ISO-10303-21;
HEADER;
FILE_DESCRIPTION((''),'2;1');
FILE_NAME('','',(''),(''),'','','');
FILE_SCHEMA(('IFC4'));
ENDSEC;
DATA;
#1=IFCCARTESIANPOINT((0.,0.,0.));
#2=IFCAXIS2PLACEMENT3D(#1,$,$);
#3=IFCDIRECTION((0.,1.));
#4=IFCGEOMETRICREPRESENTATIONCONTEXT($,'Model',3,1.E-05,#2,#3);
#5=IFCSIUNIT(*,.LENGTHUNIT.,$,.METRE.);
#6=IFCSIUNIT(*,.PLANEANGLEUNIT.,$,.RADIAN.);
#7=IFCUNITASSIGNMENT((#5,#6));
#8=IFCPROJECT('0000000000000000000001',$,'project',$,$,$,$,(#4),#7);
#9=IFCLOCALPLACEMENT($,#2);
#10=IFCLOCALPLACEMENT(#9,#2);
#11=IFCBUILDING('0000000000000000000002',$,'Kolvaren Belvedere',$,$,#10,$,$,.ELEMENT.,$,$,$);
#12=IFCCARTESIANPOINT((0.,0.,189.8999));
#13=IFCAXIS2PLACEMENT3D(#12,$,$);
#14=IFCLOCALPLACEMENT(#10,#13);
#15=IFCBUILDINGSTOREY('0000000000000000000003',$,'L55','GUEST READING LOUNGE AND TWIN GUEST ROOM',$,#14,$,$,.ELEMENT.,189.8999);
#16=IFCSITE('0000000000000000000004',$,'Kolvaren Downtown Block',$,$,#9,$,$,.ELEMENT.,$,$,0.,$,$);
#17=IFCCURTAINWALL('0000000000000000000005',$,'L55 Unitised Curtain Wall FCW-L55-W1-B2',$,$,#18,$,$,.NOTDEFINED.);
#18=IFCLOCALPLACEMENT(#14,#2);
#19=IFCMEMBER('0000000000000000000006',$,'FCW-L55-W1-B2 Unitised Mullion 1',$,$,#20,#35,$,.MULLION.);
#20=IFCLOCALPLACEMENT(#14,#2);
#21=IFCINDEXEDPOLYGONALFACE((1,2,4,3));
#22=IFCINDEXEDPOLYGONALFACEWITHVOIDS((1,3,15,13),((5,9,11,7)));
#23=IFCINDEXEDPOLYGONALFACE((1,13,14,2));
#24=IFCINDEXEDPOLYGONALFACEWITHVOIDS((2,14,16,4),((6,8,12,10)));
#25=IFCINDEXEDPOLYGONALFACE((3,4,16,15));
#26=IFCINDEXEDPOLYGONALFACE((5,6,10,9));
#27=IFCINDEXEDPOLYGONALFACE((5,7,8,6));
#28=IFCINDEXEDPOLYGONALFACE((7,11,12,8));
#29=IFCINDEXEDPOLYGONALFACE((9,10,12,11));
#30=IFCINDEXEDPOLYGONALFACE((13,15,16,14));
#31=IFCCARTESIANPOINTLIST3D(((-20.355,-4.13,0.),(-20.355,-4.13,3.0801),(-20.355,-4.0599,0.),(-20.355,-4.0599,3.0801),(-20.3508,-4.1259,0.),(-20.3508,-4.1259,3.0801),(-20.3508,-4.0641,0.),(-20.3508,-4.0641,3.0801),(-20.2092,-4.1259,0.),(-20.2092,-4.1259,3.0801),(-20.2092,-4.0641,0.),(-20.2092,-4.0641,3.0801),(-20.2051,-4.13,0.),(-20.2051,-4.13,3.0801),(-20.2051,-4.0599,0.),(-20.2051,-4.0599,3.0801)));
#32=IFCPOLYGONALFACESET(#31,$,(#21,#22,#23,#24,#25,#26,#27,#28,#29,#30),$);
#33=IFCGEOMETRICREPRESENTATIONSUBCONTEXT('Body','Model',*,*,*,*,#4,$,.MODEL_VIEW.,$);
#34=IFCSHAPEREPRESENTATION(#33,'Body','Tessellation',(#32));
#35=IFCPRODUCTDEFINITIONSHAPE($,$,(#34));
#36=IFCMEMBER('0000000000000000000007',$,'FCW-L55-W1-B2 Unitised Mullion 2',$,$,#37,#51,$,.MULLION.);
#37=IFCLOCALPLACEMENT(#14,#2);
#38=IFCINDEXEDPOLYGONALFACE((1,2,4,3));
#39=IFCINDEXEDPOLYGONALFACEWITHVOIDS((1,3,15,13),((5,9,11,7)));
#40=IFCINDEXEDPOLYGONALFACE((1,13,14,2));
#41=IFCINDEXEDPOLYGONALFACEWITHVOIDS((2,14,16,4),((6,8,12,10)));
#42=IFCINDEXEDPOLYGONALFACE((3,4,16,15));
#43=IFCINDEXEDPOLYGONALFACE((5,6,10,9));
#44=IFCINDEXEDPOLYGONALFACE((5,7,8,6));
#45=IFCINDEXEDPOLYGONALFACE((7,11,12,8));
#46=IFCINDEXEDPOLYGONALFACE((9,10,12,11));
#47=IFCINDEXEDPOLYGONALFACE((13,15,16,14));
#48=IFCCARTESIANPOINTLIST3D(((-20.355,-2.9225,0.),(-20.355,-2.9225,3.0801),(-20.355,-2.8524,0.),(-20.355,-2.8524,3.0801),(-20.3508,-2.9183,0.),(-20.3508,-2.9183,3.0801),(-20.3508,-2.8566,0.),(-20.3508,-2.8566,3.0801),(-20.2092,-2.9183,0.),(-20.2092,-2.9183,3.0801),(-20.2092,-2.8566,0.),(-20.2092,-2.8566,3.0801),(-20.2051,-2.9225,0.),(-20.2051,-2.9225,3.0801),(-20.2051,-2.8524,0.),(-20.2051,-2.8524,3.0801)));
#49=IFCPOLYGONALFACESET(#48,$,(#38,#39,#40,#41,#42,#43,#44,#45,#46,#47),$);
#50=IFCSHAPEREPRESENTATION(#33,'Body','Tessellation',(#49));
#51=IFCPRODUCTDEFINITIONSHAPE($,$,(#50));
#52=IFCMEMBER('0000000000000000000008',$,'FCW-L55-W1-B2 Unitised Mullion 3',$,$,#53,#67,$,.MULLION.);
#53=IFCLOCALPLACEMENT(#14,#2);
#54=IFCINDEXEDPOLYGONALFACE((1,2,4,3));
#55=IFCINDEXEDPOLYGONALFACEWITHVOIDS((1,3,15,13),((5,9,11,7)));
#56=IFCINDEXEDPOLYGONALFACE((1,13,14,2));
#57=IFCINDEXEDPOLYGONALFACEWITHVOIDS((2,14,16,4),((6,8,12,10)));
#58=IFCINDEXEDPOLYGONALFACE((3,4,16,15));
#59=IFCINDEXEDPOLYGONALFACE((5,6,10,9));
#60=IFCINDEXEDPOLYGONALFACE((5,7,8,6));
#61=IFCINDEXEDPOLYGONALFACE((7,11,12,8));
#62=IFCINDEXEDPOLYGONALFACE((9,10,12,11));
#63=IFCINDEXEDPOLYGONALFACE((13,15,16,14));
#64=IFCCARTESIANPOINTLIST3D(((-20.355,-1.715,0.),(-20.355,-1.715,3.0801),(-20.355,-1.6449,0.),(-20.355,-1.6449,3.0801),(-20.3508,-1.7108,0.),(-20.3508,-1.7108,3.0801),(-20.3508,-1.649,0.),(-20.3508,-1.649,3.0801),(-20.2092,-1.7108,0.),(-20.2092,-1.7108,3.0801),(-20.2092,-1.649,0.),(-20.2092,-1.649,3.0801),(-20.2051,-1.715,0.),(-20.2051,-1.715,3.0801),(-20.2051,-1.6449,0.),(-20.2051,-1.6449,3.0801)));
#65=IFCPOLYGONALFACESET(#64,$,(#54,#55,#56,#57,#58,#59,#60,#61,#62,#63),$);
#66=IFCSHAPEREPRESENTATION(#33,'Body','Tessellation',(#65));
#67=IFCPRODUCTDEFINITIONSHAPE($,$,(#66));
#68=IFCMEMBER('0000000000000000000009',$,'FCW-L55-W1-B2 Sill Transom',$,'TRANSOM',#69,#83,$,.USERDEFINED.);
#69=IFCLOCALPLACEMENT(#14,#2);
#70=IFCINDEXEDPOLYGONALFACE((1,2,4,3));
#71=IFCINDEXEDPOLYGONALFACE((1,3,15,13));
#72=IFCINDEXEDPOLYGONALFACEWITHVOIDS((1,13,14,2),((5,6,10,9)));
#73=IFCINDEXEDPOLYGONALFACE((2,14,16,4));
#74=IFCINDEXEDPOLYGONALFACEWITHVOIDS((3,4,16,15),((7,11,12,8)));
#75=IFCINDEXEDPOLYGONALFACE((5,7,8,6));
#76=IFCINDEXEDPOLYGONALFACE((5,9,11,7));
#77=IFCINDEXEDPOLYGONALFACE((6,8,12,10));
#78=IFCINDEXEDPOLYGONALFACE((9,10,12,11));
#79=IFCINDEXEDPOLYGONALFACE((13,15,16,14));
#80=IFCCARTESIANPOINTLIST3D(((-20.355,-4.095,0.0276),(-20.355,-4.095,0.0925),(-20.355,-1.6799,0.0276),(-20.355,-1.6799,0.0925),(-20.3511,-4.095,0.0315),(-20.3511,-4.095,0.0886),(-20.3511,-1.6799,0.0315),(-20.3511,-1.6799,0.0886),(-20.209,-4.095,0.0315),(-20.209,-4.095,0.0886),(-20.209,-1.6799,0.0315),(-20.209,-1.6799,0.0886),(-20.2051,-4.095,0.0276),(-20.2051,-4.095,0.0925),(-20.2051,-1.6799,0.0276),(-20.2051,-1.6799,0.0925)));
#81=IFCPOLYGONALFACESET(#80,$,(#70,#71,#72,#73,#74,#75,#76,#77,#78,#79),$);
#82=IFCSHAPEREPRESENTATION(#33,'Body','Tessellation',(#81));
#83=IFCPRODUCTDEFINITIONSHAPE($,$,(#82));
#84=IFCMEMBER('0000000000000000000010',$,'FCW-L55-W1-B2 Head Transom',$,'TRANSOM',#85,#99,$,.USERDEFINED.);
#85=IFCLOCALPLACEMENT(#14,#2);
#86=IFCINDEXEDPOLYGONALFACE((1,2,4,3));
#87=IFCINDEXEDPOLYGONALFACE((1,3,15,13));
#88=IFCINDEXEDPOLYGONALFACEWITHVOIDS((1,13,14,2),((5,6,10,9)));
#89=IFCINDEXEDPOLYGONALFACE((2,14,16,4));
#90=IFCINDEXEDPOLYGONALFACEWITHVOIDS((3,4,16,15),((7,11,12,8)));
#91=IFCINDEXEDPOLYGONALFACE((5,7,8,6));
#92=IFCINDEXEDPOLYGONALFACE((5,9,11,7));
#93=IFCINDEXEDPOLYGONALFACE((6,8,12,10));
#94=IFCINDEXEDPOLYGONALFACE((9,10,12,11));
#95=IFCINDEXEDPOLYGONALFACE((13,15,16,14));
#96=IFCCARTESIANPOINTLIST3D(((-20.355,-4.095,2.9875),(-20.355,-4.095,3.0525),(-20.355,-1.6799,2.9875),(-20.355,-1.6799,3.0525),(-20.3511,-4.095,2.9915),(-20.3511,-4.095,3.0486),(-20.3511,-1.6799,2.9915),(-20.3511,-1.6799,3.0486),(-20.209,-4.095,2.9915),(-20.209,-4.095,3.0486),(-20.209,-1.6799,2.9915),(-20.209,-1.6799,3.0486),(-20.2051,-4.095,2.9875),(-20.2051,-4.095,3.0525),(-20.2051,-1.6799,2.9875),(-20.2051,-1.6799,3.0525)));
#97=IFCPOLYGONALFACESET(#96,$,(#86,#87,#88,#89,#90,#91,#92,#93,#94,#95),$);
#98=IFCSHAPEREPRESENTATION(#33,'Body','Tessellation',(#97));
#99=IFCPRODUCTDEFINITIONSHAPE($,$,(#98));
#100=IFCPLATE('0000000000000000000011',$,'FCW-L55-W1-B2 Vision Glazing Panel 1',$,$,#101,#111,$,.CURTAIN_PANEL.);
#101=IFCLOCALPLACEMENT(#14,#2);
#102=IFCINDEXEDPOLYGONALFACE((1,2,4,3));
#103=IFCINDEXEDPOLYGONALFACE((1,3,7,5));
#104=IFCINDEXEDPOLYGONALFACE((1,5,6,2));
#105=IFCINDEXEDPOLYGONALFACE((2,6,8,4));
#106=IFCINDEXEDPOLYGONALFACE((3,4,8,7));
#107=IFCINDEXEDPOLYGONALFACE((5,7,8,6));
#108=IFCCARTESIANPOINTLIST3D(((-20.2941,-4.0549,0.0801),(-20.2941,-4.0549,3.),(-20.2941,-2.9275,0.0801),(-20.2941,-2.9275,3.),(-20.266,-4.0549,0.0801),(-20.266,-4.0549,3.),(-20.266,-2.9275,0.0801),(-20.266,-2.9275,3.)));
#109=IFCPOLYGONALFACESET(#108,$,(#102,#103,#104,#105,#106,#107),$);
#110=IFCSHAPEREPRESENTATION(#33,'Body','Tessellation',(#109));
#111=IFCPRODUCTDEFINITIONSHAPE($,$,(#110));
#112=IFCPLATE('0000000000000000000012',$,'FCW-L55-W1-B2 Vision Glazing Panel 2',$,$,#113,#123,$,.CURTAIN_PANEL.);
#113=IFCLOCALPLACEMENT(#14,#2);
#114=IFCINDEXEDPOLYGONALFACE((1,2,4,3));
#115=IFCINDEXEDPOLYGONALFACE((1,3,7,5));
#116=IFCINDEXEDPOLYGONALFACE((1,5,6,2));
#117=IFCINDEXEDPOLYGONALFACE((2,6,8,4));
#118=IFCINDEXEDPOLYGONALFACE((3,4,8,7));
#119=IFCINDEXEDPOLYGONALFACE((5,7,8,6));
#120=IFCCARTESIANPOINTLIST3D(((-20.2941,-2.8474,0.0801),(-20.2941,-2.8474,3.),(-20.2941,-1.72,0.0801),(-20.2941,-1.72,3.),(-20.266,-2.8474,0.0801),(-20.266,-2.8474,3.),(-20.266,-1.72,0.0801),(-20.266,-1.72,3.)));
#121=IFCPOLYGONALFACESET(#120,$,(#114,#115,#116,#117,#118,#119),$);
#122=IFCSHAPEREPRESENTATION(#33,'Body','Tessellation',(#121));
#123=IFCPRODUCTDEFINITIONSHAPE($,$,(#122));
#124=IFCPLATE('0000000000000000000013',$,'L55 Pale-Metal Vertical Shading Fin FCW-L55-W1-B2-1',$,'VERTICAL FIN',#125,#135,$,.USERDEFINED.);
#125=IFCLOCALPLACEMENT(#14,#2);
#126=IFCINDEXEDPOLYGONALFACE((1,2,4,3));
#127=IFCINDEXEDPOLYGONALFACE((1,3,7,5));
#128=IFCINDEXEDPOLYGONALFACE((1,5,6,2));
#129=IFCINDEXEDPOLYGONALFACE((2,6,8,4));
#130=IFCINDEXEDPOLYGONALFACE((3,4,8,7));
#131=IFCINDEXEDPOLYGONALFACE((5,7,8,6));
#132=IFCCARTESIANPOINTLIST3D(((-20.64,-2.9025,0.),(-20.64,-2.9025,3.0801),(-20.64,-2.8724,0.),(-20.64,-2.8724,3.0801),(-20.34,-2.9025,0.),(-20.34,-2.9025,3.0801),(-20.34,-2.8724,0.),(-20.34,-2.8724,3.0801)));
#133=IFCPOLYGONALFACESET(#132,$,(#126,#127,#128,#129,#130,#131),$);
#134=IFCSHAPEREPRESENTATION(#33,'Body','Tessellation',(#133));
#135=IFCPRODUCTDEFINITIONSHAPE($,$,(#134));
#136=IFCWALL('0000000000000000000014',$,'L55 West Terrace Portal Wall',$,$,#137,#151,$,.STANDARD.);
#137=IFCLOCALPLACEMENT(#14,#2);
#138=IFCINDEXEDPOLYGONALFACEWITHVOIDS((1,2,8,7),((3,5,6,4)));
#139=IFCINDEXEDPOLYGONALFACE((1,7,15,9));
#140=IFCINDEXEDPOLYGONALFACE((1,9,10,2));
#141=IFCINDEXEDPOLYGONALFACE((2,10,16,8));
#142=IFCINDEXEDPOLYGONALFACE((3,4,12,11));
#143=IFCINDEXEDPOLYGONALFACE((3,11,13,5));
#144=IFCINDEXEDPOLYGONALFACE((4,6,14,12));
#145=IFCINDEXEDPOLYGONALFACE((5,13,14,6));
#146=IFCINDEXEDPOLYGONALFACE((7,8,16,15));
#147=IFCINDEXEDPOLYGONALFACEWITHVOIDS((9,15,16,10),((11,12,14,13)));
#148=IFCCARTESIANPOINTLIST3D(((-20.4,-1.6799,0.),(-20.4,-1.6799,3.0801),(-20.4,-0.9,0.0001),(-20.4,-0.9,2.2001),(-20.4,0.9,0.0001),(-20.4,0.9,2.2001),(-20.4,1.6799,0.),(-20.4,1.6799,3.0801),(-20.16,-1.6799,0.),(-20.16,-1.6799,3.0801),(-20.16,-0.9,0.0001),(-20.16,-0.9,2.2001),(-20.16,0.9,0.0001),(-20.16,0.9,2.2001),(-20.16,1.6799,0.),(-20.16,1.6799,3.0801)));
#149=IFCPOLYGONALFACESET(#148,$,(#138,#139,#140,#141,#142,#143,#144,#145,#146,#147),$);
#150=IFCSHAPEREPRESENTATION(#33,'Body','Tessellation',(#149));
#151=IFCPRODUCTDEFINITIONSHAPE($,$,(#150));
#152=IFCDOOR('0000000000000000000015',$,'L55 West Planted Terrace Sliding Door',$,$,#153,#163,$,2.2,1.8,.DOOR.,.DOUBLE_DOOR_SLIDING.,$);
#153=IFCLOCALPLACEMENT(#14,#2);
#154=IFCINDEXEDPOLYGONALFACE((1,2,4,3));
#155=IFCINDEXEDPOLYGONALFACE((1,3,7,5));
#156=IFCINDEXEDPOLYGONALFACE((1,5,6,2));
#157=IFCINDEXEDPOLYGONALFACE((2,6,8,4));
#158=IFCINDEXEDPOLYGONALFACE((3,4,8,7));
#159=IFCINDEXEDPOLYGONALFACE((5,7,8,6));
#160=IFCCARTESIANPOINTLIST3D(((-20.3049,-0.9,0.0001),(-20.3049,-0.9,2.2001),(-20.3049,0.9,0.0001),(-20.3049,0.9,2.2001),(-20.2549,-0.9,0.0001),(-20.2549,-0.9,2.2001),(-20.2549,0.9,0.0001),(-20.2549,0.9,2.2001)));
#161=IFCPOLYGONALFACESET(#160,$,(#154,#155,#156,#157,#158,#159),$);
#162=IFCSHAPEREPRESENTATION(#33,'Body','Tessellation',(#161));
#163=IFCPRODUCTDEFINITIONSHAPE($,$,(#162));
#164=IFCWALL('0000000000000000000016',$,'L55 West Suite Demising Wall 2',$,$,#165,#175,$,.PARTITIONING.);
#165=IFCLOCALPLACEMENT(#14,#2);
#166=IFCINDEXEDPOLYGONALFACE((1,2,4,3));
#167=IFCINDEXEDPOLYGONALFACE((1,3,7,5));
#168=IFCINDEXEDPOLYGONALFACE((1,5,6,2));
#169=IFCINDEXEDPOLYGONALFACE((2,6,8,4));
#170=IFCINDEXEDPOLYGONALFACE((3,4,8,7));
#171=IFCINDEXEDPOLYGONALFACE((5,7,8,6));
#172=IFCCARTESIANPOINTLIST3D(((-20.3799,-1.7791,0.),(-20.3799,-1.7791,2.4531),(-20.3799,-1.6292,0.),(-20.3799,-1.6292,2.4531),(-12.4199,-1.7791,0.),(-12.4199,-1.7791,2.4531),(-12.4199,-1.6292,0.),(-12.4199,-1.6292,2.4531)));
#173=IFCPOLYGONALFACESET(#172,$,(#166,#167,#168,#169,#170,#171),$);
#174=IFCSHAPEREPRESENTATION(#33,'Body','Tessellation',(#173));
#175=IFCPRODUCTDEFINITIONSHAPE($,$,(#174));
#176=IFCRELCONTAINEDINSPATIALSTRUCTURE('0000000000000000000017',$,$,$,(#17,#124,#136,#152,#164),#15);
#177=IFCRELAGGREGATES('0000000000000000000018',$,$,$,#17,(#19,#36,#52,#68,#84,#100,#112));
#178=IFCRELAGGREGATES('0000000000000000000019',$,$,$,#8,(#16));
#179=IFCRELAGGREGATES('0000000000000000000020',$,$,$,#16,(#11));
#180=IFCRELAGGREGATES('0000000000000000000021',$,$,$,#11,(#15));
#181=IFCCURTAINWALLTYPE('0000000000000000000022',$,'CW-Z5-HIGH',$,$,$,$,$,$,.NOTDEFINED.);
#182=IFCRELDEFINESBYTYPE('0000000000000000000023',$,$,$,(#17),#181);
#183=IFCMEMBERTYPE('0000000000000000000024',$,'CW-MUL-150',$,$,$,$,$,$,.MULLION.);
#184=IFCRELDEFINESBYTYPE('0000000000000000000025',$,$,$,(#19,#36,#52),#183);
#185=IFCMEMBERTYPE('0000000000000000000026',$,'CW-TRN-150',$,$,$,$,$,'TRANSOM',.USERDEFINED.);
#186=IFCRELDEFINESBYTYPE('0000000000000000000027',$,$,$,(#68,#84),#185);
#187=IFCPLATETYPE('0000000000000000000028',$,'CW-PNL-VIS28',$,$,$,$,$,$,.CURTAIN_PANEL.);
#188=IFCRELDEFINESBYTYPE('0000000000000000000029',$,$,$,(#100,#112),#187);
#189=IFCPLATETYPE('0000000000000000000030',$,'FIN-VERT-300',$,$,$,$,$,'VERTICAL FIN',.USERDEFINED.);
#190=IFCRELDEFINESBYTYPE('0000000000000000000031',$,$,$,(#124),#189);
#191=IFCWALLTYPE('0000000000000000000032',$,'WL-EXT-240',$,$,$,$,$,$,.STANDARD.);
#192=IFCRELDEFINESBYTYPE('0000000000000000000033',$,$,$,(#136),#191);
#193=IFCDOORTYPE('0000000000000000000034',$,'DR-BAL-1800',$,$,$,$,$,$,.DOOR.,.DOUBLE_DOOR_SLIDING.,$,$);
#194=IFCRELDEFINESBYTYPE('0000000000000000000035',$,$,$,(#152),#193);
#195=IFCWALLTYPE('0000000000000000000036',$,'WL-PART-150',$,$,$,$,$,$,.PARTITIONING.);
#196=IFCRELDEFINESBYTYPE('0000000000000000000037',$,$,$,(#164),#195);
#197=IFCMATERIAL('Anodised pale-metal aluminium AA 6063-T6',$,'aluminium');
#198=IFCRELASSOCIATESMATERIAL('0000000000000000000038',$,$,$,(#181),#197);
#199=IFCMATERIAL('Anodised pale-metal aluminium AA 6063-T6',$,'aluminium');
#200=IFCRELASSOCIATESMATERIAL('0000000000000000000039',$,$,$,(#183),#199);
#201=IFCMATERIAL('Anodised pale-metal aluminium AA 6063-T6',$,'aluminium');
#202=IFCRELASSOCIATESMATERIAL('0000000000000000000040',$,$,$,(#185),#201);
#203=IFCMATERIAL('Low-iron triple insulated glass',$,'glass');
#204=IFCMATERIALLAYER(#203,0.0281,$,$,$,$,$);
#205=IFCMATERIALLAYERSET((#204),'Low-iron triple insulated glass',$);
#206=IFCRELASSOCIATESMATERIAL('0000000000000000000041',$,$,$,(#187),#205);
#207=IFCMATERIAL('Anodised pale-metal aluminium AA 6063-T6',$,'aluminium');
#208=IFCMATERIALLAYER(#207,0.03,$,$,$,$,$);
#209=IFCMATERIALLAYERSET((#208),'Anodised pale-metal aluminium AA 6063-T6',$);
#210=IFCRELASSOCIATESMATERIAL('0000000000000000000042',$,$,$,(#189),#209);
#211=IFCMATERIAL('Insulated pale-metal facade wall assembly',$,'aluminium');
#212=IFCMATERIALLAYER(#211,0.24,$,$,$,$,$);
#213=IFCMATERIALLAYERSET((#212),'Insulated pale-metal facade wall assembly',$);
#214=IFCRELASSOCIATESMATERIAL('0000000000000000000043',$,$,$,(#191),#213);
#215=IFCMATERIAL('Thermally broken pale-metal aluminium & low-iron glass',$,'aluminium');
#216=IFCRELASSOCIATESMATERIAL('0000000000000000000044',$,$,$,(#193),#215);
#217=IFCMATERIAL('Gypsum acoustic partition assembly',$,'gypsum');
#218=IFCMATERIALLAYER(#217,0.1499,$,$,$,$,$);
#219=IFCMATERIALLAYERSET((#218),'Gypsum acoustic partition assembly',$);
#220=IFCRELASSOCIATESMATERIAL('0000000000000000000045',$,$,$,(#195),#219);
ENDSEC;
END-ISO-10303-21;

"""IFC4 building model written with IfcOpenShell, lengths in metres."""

from ifc_helpers import new_model, si_unit, direction, frame, frame_2d, origin, origin_2d, place, context, subcontext, project, spatial, rectangle, hollow_rectangle, extrude, material, layer, layer_set, material_profile, profile_set, type_object, element, fill, aggregate, save


model = new_model("IFC4")

# Units and contexts
model_context = context("Model", 3, precision=1e-05, world=origin(), true_north=direction((0.0, 1.0)))
body_context = subcontext(model_context, "Body", "Model", "MODEL_VIEW")
ifc_project = project(units=[si_unit("LENGTHUNIT", "METRE"), si_unit("PLANEANGLEUNIT", "RADIAN")], contexts=[model_context])

# Site, building, storey
site_placement = place(None, origin())
site = spatial("IfcSite", under=ifc_project, at=site_placement, Name="Kolvaren Downtown Block", CompositionType="ELEMENT", RefElevation=0.0)
building_placement = place(site_placement, origin())
building = spatial("IfcBuilding", under=site, at=building_placement, Name="Kolvaren Belvedere", CompositionType="ELEMENT")
storey_placement = place(building_placement, frame((0.0, 0.0, 189.8999)))
storey = spatial("IfcBuildingStorey", under=building, at=storey_placement, Name="L55", Description="GUEST READING LOUNGE AND TWIN GUEST ROOM", CompositionType="ELEMENT", Elevation=189.8999)

# Shared definitions
ifc_material_1 = material(Name="Anodised pale-metal aluminium AA 6063-T6", Category="aluminium")
curtain_wall_type = type_object("IfcCurtainWallType", Name="CW-Z5-HIGH", PredefinedType="NOTDEFINED", material=ifc_material_1)
ifc_material_2 = material(Name="Anodised pale-metal aluminium AA 6063-T6", Category="aluminium")
ifc_material_profile_1 = material_profile(ifc_material_2, hollow_rectangle(XDim=0.0701, YDim=0.1499, WallThickness=0.0042, at=origin_2d()), Name="ALU-MUL-150X70")
ifc_profile_set_1 = profile_set([ifc_material_profile_1], Name="Anodised pale-metal aluminium AA 6063-T6")
member_type_1 = type_object("IfcMemberType", Name="CW-MUL-150", PredefinedType="MULLION", material=ifc_profile_set_1)

# Curtain wall, members, plates
curtain_wall_1_placement = place(storey_placement, origin())
curtain_wall_1 = element("IfcCurtainWall", 1, at=curtain_wall_1_placement, inside=storey, type_object=curtain_wall_type, Name="L55 Unitised Curtain Wall FCW-L55-W1-B2", PredefinedType="NOTDEFINED")
member_1_placement = place(storey_placement, frame((-20.28, -4.095, 0.0), z_axis=(0.0, 0.0, 1.0), x_axis=(0.0, 1.0, 0.0)))
member_1 = element("IfcMember", 2, at=member_1_placement, type_object=member_type_1, Name="FCW-L55-W1-B2 Unitised Mullion 1", PredefinedType="MULLION", context=body_context, shape_type="SweptSolid", body=[
    extrude(hollow_rectangle(XDim=0.0701, YDim=0.1499, WallThickness=0.0042, at=origin_2d()), origin(), (0.0, 0.0, 1.0), 3.0801),
])
member_2_placement = place(storey_placement, frame((-20.28, -2.8875, 0.0), z_axis=(0.0, 0.0, 1.0), x_axis=(0.0, 1.0, 0.0)))
member_2 = element("IfcMember", 3, at=member_2_placement, type_object=member_type_1, Name="FCW-L55-W1-B2 Unitised Mullion 2", PredefinedType="MULLION", context=body_context, shape_type="SweptSolid", body=[
    extrude(hollow_rectangle(XDim=0.0701, YDim=0.1499, WallThickness=0.0042, at=origin_2d()), origin(), (0.0, 0.0, 1.0), 3.0801),
])
member_3_placement = place(storey_placement, frame((-20.28, -1.6799, 0.0), z_axis=(0.0, 0.0, 1.0), x_axis=(0.0, 1.0, 0.0)))
member_3 = element("IfcMember", 4, at=member_3_placement, type_object=member_type_1, Name="FCW-L55-W1-B2 Unitised Mullion 3", PredefinedType="MULLION", context=body_context, shape_type="SweptSolid", body=[
    extrude(hollow_rectangle(XDim=0.0701, YDim=0.1499, WallThickness=0.0042, at=origin_2d()), origin(), (0.0, 0.0, 1.0), 3.0801),
])
ifc_material_3 = material(Name="Anodised pale-metal aluminium AA 6063-T6", Category="aluminium")
ifc_material_profile_2 = material_profile(ifc_material_3, hollow_rectangle(XDim=0.0649, YDim=0.1499, WallThickness=0.0039, at=origin_2d()), Name="ALU-TRN-150X65")
ifc_profile_set_2 = profile_set([ifc_material_profile_2], Name="Anodised pale-metal aluminium AA 6063-T6")
member_type_2 = type_object("IfcMemberType", Name="CW-TRN-150", ElementType="TRANSOM", PredefinedType="USERDEFINED", material=ifc_profile_set_2)
member_4_placement = place(storey_placement, frame((-20.28, -4.095, 0.0601), z_axis=(0.0, 1.0, 0.0), x_axis=(0.0, 0.0, 1.0)))
member_4 = element("IfcMember", 5, at=member_4_placement, type_object=member_type_2, Name="FCW-L55-W1-B2 Sill Transom", ObjectType="TRANSOM", PredefinedType="USERDEFINED", context=body_context, shape_type="SweptSolid", body=[
    extrude(hollow_rectangle(XDim=0.0649, YDim=0.1499, WallThickness=0.0039, at=origin_2d()), origin(), (0.0, 0.0, 1.0), 2.415),
])
member_5_placement = place(storey_placement, frame((-20.28, -4.095, 3.02), z_axis=(0.0, 1.0, 0.0), x_axis=(0.0, 0.0, 1.0)))
member_5 = element("IfcMember", 6, at=member_5_placement, type_object=member_type_2, Name="FCW-L55-W1-B2 Head Transom", ObjectType="TRANSOM", PredefinedType="USERDEFINED", context=body_context, shape_type="SweptSolid", body=[
    extrude(hollow_rectangle(XDim=0.0649, YDim=0.1499, WallThickness=0.0039, at=origin_2d()), origin(), (0.0, 0.0, 1.0), 2.415),
])
ifc_material_4 = material(Name="Low-iron triple insulated glass", Category="glass")
ifc_layer_1 = layer(ifc_material_4, 0.0281)
ifc_layer_set_1 = layer_set([ifc_layer_1], Name="Low-iron triple insulated glass")
plate_type_1 = type_object("IfcPlateType", Name="CW-PNL-VIS28", PredefinedType="CURTAIN_PANEL", material=ifc_layer_set_1)
plate_1_placement = place(storey_placement, frame((-20.28, -3.4912, 0.0801), z_axis=(0.0, 0.0, 1.0), x_axis=(0.0, 1.0, 0.0)))
plate_1 = element("IfcPlate", 7, at=plate_1_placement, type_object=plate_type_1, Name="FCW-L55-W1-B2 Vision Glazing Panel 1", PredefinedType="CURTAIN_PANEL", context=body_context, shape_type="SweptSolid", body=[
    extrude(rectangle(XDim=1.1274, YDim=0.0281, at=origin_2d()), origin(), (0.0, 0.0, 1.0), 2.9199),
])
plate_2_placement = place(storey_placement, frame((-20.28, -2.2837, 0.0801), z_axis=(0.0, 0.0, 1.0), x_axis=(0.0, 1.0, 0.0)))
plate_2 = element("IfcPlate", 8, at=plate_2_placement, type_object=plate_type_1, Name="FCW-L55-W1-B2 Vision Glazing Panel 2", PredefinedType="CURTAIN_PANEL", context=body_context, shape_type="SweptSolid", body=[
    extrude(rectangle(XDim=1.1274, YDim=0.0281, at=origin_2d()), origin(), (0.0, 0.0, 1.0), 2.9199),
])
aggregate(curtain_wall_1, [member_1, member_2, member_3, member_4, member_5, plate_1, plate_2])

# Plate
ifc_material_5 = material(Name="Anodised pale-metal aluminium AA 6063-T6", Category="aluminium")
ifc_layer_2 = layer(ifc_material_5, 0.03)
ifc_layer_set_2 = layer_set([ifc_layer_2], Name="Anodised pale-metal aluminium AA 6063-T6")
plate_type_2 = type_object("IfcPlateType", Name="FIN-VERT-300", ElementType="VERTICAL FIN", PredefinedType="USERDEFINED", material=ifc_layer_set_2)
plate_3_placement = place(storey_placement, frame((-20.49, -2.8875, 0.0), z_axis=(0.0, 0.0, 1.0), x_axis=(1.0, 0.0, 0.0)))
element("IfcPlate", 9, at=plate_3_placement, inside=storey, type_object=plate_type_2, Name="L55 Pale-Metal Vertical Shading Fin FCW-L55-W1-B2-1", ObjectType="VERTICAL FIN", PredefinedType="USERDEFINED", context=body_context, shape_type="SweptSolid", body=[
    extrude(rectangle(XDim=0.3, YDim=0.03, at=origin_2d()), origin(), (0.0, 0.0, 1.0), 3.0801),
])

# Wall, opening, door
ifc_material_6 = material(Name="Insulated pale-metal facade wall assembly", Category="aluminium")
ifc_layer_3 = layer(ifc_material_6, 0.24)
ifc_layer_set_3 = layer_set([ifc_layer_3], Name="Insulated pale-metal facade wall assembly")
wall_type_1 = type_object("IfcWallType", Name="WL-EXT-240", PredefinedType="STANDARD", material=ifc_layer_set_3)
wall_1_placement = place(storey_placement, frame((-20.28, -1.6799, 0.0), z_axis=(0.0, 0.0, 1.0), x_axis=(0.0, 1.0, 0.0)))
wall_1 = element("IfcWall", 10, at=wall_1_placement, inside=storey, type_object=wall_type_1, Name="L55 West Terrace Portal Wall", PredefinedType="STANDARD", context=body_context, shape_type="SweptSolid", body=[
    extrude(rectangle(XDim=3.3599, YDim=0.24, at=frame_2d((1.6799, 0.0))), origin(), (0.0, 0.0, 1.0), 3.0801),
])
opening_1_placement = place(wall_1_placement, frame((0.78, 0.0, 0.0)))
opening_1 = element("IfcOpeningElement", 11, at=opening_1_placement, cuts=wall_1, PredefinedType="OPENING", context=body_context, shape_type="SweptSolid", body=[
    extrude(rectangle(XDim=1.8, YDim=2.2, at=frame_2d((0.8999, 1.1001))), frame((0.0, 0.1299, 0.0), z_axis=(0.0, -1.0, 0.0), x_axis=(1.0, 0.0, 0.0)), (0.0, 0.0, 1.0), 0.26),
])
ifc_material_7 = material(Name="Thermally broken pale-metal aluminium & low-iron glass", Category="aluminium")
door_type_1 = type_object("IfcDoorType", Name="DR-BAL-1800", OperationType="DOUBLE_DOOR_SLIDING", PredefinedType="DOOR", material=ifc_material_7)
door_1_placement = place(opening_1_placement, origin())
door_1 = element("IfcDoor", 12, at=door_1_placement, inside=storey, type_object=door_type_1, Name="L55 West Planted Terrace Sliding Door", OperationType="DOUBLE_DOOR_SLIDING", OverallHeight=2.2, OverallWidth=1.8, PredefinedType="DOOR", context=body_context, shape_type="SweptSolid", body=[
    extrude(rectangle(XDim=1.8, YDim=2.2, at=frame_2d((0.8999, 1.1001))), frame((0.0, 0.0249, 0.0), z_axis=(0.0, -1.0, 0.0), x_axis=(1.0, 0.0, 0.0)), (0.0, 0.0, 1.0), 0.05),
])
fill(opening_1, door_1)

# Wall
ifc_material_8 = material(Name="Gypsum acoustic partition assembly", Category="gypsum")
ifc_layer_4 = layer(ifc_material_8, 0.1499)
ifc_layer_set_4 = layer_set([ifc_layer_4], Name="Gypsum acoustic partition assembly")
wall_type_2 = type_object("IfcWallType", Name="WL-PART-150", PredefinedType="PARTITIONING", material=ifc_layer_set_4)
wall_2_placement = place(storey_placement, frame((-20.3799, -1.7041, 0.0), z_axis=(0.0, 0.0, 1.0), x_axis=(1.0, 0.0, 0.0)))
element("IfcWall", 13, at=wall_2_placement, inside=storey, type_object=wall_type_2, Name="L55 West Suite Demising Wall 2", PredefinedType="PARTITIONING", context=body_context, shape_type="SweptSolid", body=[
    extrude(rectangle(XDim=7.96, YDim=0.1499, at=frame_2d((3.98, 0.0))), origin(), (0.0, 0.0, 1.0), 2.4531),
])

save(model, "model.ifc")
